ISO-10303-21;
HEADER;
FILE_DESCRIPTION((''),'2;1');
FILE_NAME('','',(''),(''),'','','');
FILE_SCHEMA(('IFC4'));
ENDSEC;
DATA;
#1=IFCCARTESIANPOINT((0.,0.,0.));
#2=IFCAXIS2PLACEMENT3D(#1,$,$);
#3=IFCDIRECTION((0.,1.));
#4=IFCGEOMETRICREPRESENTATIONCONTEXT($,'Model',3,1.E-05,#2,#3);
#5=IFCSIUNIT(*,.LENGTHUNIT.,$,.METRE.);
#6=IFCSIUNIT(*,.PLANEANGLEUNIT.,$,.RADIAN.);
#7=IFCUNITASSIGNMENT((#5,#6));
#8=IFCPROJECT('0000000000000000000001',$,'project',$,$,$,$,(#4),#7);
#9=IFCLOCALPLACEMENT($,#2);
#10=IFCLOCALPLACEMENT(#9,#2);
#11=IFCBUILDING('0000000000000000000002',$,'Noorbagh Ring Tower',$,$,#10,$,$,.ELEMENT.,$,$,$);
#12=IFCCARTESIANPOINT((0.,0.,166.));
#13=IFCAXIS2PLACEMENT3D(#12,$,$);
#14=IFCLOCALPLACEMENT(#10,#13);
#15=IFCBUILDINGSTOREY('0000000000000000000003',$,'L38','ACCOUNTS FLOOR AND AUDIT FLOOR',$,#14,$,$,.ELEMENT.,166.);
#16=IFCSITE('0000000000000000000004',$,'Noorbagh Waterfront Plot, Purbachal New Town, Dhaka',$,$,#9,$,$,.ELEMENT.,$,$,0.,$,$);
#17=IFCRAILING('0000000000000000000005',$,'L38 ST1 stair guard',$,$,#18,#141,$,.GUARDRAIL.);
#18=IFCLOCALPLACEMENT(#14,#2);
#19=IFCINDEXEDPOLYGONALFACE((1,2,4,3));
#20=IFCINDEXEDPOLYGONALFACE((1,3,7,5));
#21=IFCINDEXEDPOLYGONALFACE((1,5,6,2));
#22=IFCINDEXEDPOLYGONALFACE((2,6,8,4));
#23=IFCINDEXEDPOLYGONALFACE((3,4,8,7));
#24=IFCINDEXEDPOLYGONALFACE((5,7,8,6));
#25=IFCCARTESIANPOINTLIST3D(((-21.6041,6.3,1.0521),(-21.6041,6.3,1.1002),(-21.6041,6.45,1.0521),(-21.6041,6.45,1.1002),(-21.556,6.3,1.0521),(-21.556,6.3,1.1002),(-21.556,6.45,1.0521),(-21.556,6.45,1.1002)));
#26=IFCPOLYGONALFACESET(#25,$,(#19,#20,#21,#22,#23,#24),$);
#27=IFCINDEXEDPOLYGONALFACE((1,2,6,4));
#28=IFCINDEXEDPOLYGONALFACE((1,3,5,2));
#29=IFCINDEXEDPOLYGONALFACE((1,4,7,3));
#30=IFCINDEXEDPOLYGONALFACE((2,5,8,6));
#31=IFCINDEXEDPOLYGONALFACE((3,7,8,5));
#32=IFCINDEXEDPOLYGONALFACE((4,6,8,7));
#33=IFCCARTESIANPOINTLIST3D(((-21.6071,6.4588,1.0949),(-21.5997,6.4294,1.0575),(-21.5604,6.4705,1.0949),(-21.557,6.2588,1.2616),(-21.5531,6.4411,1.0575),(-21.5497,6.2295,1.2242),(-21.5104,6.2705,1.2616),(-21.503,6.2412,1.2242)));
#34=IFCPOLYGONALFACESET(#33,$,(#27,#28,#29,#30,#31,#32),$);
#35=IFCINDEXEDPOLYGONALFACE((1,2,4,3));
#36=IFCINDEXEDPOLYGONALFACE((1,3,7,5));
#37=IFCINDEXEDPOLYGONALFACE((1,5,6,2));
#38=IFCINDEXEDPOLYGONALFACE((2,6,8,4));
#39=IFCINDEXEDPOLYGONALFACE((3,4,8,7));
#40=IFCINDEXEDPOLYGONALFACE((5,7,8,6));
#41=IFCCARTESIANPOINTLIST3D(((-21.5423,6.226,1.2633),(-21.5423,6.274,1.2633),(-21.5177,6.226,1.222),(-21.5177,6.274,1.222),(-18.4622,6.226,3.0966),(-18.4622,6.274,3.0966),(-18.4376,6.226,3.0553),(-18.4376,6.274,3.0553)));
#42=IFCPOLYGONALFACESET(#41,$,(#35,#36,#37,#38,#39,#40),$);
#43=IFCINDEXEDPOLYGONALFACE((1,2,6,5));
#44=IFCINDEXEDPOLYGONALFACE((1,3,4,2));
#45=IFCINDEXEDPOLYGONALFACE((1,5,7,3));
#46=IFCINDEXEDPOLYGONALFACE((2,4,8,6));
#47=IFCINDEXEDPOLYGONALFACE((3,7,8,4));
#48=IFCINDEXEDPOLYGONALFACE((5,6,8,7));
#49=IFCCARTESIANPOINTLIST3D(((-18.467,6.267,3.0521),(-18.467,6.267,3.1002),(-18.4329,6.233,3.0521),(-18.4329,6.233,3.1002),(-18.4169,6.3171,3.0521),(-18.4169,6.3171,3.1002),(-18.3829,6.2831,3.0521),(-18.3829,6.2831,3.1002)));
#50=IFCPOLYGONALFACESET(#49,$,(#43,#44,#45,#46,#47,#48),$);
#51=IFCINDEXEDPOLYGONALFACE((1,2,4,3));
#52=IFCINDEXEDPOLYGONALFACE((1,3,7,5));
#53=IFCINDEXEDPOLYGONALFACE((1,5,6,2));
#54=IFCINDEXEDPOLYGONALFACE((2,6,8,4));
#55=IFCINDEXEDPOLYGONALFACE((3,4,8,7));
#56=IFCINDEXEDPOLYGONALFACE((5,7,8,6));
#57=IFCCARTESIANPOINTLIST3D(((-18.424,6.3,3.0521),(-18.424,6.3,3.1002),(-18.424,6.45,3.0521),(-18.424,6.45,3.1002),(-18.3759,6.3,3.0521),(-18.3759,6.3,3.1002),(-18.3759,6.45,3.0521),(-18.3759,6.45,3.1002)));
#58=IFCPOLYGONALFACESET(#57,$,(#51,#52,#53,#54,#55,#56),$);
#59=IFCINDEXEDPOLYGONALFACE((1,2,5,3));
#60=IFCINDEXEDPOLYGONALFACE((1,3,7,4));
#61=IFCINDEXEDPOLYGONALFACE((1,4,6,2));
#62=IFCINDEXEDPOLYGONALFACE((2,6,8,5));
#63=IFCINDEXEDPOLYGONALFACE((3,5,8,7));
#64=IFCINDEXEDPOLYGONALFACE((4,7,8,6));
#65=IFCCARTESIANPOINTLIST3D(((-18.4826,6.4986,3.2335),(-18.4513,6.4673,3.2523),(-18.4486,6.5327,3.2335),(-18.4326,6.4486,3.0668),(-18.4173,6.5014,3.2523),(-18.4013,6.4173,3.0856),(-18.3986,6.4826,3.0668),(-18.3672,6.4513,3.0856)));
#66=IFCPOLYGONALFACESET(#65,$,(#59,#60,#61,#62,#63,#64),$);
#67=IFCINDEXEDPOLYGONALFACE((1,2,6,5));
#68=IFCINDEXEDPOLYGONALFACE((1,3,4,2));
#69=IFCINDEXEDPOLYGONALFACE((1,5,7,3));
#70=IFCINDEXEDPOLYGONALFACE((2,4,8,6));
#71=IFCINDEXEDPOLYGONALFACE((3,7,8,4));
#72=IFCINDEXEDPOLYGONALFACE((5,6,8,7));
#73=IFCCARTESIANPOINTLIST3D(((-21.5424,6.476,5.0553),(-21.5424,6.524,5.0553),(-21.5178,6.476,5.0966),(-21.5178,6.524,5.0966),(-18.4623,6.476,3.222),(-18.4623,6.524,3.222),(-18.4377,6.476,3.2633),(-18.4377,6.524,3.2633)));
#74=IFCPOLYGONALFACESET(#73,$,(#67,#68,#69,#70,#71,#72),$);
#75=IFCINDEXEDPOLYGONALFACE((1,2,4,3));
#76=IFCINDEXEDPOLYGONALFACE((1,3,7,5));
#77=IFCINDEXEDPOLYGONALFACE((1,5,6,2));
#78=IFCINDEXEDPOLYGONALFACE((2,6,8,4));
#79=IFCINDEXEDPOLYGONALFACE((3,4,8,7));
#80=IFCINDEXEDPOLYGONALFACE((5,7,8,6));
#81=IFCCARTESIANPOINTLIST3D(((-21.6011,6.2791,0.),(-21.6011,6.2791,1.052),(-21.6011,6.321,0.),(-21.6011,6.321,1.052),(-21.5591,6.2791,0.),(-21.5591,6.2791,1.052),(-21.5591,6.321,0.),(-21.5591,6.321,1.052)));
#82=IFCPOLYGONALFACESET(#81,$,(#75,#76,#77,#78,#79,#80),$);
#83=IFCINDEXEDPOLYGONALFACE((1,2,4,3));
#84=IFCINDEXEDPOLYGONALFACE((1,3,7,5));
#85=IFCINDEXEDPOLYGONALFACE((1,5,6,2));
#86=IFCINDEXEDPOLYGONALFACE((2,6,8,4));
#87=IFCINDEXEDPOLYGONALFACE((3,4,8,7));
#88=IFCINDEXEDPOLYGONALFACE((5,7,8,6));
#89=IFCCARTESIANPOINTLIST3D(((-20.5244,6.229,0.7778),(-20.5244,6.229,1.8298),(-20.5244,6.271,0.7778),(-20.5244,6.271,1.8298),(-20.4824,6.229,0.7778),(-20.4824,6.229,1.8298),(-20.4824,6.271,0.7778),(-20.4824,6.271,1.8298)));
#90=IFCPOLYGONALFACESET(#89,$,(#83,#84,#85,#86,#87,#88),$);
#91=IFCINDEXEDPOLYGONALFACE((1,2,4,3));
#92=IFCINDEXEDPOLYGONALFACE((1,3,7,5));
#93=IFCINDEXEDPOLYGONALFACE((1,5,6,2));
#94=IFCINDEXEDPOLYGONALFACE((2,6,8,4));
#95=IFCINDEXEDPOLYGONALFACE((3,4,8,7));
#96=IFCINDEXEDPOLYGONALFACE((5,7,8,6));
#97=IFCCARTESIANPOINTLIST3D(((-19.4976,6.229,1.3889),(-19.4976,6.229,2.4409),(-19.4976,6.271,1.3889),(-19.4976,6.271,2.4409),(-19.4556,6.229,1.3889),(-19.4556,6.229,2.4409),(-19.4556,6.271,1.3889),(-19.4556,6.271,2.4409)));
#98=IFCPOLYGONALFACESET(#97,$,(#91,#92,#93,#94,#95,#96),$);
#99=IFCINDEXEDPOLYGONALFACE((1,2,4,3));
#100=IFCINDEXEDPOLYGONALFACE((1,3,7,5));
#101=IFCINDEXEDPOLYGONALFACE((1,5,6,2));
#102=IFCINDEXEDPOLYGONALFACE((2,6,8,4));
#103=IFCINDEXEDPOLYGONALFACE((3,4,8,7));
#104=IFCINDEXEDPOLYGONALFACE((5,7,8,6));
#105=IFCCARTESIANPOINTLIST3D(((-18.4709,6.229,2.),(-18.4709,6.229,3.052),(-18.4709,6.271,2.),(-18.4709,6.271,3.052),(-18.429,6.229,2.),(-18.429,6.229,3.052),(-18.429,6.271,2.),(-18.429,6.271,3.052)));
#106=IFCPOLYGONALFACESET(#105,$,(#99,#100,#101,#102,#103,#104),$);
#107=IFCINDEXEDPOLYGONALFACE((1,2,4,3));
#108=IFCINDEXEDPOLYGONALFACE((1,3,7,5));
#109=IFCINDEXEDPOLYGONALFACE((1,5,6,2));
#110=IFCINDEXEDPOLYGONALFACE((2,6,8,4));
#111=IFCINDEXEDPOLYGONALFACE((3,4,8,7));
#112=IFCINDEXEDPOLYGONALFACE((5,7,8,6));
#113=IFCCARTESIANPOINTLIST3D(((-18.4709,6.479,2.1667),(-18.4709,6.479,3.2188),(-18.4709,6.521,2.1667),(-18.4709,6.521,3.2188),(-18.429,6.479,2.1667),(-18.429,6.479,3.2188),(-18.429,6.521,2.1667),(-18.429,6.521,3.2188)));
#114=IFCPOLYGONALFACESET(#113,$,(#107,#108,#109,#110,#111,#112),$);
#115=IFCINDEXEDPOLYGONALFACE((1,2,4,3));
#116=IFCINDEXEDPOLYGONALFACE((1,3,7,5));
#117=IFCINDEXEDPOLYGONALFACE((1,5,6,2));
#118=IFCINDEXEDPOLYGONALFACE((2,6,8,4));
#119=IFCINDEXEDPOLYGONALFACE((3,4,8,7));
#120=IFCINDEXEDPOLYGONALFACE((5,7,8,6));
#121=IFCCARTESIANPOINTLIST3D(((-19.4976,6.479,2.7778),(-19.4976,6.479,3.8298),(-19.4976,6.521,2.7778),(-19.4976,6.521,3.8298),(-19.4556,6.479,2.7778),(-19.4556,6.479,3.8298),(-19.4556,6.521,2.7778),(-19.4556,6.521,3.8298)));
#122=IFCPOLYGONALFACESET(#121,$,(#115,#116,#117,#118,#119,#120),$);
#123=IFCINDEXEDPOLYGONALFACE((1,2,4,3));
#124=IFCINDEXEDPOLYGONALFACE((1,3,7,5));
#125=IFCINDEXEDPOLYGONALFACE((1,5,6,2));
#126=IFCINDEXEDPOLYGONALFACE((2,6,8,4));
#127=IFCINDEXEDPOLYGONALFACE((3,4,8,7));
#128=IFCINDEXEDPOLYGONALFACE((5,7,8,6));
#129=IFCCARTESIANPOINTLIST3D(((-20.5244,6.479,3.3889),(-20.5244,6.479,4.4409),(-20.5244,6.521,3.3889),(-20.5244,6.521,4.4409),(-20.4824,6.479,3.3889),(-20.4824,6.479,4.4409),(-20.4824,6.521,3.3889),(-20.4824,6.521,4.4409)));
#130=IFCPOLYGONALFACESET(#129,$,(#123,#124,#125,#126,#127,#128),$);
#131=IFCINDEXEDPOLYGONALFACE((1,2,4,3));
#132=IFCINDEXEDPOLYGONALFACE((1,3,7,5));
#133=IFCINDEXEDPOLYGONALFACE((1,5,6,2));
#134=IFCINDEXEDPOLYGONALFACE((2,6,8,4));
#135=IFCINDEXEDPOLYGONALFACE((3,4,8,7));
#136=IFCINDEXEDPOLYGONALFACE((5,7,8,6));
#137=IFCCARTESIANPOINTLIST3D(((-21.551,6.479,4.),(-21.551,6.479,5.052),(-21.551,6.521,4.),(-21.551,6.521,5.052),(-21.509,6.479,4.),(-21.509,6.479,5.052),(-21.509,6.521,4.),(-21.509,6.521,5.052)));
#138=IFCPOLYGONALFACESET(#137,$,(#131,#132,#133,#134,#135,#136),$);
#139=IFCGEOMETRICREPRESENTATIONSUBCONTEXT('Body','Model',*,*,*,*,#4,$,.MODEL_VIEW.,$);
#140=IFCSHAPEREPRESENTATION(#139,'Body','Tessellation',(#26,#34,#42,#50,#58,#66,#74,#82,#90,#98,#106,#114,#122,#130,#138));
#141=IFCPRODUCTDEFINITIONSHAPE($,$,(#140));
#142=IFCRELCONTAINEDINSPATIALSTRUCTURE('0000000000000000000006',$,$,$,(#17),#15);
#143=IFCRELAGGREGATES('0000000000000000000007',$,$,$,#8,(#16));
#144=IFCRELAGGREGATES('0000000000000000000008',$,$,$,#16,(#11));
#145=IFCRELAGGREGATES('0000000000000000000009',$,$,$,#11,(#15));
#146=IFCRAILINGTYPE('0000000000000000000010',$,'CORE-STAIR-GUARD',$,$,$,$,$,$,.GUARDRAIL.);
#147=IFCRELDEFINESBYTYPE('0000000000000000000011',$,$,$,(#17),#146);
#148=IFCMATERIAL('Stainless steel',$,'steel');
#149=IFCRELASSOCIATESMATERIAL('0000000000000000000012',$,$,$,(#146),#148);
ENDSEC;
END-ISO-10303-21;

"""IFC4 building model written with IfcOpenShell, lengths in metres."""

from ifc_helpers import new_model, si_unit, direction, frame, origin, origin_2d, place, context, subcontext, project, spatial, rectangle, extrude, material, type_object, element, save


model = new_model("IFC4")

# Units and contexts
model_context = context("Model", 3, precision=1e-05, world=origin(), true_north=direction((0.0, 1.0)))
body_context = subcontext(model_context, "Body", "Model", "MODEL_VIEW")
ifc_project = project(units=[si_unit("LENGTHUNIT", "METRE"), si_unit("PLANEANGLEUNIT", "RADIAN")], contexts=[model_context])

# Site, building, storey
site_placement = place(None, origin())
site = spatial("IfcSite", under=ifc_project, at=site_placement, Name="Noorbagh Waterfront Plot, Purbachal New Town, Dhaka", CompositionType="ELEMENT", RefElevation=0.0)
building_placement = place(site_placement, origin())
building = spatial("IfcBuilding", under=site, at=building_placement, Name="Noorbagh Ring Tower", CompositionType="ELEMENT")
storey_placement = place(building_placement, frame((0.0, 0.0, 166.0)))
storey = spatial("IfcBuildingStorey", under=building, at=storey_placement, Name="L38", Description="ACCOUNTS FLOOR AND AUDIT FLOOR", CompositionType="ELEMENT", Elevation=166.0)

# Railing
ifc_material_1 = material(Name="Stainless steel", Category="steel")
railing_type_1 = type_object("IfcRailingType", Name="CORE-STAIR-GUARD", PredefinedType="GUARDRAIL", material=ifc_material_1)
railing_1_placement = place(storey_placement, frame((-21.5801, 6.3, 0.0)))
element("IfcRailing", 1, at=railing_1_placement, inside=storey, type_object=railing_type_1, Name="L38 ST1 stair guard", PredefinedType="GUARDRAIL", context=body_context, shape_type="SweptSolid", body=[
    extrude(rectangle(XDim=0.0481, YDim=0.0481, at=origin_2d()), frame((0.0, 0.0, 1.0762), z_axis=(0.0, 1.0, 0.0), x_axis=(-1.0, 0.0, 0.0)), (0.0, 0.0, 1.0), 0.1499),
    extrude(rectangle(XDim=0.0481, YDim=0.0481, at=origin_2d()), frame((0.0, 0.1499, 1.0762), z_axis=(0.188776, -0.754182, 0.628946), x_axis=(0.970073, 0.242814, 0.0)), (0.0, 0.0, 1.0), 0.2651),
    extrude(rectangle(XDim=0.0481, YDim=0.0481, at=origin_2d()), frame((0.05, -0.05, 1.2427), z_axis=(0.859309, 0.0, 0.511458), x_axis=(0.0, 1.0, 0.0)), (0.0, 0.0, 1.0), 3.5845),
    extrude(rectangle(XDim=0.0481, YDim=0.0481, at=origin_2d()), frame((3.1301, -0.05, 3.0762), z_axis=(0.707107, 0.707107, 0.0), x_axis=(-0.707107, 0.707107, 0.0)), (0.0, 0.0, 1.0), 0.0708),
    extrude(rectangle(XDim=0.0481, YDim=0.0481, at=origin_2d()), frame((3.1802, 0.0, 3.0762), z_axis=(0.0, 1.0, 0.0), x_axis=(-1.0, 0.0, 0.0)), (0.0, 0.0, 1.0), 0.1499),
    extrude(rectangle(XDim=0.0481, YDim=0.0481, at=origin_2d()), frame((3.1802, 0.1499, 3.0762), z_axis=(-0.276287, 0.276287, 0.920506), x_axis=(-0.707107, -0.707107, 0.0)), (0.0, 0.0, 1.0), 0.1812),
    extrude(rectangle(XDim=0.0481, YDim=0.0481, at=origin_2d()), frame((3.1301, 0.2, 3.2427), z_axis=(-0.859309, 0.0, 0.511458), x_axis=(0.0, -1.0, 0.0)), (0.0, 0.0, 1.0), 3.5845),
    extrude(rectangle(XDim=0.042, YDim=0.042, at=origin_2d()), origin(), (0.0, 0.0, 1.0), 1.052),
    extrude(rectangle(XDim=0.042, YDim=0.042, at=origin_2d()), frame((1.0767, -0.05, 0.7778)), (0.0, 0.0, 1.0), 1.052),
    extrude(rectangle(XDim=0.042, YDim=0.042, at=origin_2d()), frame((2.1035, -0.05, 1.3889)), (0.0, 0.0, 1.0), 1.052),
    extrude(rectangle(XDim=0.042, YDim=0.042, at=origin_2d()), frame((3.1301, -0.05, 2.0)), (0.0, 0.0, 1.0), 1.052),
    extrude(rectangle(XDim=0.042, YDim=0.042, at=origin_2d()), frame((3.1301, 0.2, 2.1667)), (0.0, 0.0, 1.0), 1.052),
    extrude(rectangle(XDim=0.042, YDim=0.042, at=origin_2d()), frame((2.1035, 0.2, 2.7778)), (0.0, 0.0, 1.0), 1.052),
    extrude(rectangle(XDim=0.042, YDim=0.042, at=origin_2d()), frame((1.0767, 0.2, 3.3889)), (0.0, 0.0, 1.0), 1.052),
    extrude(rectangle(XDim=0.042, YDim=0.042, at=origin_2d()), frame((0.05, 0.2, 4.0)), (0.0, 0.0, 1.0), 1.052),
])

save(model, "model.ifc")
